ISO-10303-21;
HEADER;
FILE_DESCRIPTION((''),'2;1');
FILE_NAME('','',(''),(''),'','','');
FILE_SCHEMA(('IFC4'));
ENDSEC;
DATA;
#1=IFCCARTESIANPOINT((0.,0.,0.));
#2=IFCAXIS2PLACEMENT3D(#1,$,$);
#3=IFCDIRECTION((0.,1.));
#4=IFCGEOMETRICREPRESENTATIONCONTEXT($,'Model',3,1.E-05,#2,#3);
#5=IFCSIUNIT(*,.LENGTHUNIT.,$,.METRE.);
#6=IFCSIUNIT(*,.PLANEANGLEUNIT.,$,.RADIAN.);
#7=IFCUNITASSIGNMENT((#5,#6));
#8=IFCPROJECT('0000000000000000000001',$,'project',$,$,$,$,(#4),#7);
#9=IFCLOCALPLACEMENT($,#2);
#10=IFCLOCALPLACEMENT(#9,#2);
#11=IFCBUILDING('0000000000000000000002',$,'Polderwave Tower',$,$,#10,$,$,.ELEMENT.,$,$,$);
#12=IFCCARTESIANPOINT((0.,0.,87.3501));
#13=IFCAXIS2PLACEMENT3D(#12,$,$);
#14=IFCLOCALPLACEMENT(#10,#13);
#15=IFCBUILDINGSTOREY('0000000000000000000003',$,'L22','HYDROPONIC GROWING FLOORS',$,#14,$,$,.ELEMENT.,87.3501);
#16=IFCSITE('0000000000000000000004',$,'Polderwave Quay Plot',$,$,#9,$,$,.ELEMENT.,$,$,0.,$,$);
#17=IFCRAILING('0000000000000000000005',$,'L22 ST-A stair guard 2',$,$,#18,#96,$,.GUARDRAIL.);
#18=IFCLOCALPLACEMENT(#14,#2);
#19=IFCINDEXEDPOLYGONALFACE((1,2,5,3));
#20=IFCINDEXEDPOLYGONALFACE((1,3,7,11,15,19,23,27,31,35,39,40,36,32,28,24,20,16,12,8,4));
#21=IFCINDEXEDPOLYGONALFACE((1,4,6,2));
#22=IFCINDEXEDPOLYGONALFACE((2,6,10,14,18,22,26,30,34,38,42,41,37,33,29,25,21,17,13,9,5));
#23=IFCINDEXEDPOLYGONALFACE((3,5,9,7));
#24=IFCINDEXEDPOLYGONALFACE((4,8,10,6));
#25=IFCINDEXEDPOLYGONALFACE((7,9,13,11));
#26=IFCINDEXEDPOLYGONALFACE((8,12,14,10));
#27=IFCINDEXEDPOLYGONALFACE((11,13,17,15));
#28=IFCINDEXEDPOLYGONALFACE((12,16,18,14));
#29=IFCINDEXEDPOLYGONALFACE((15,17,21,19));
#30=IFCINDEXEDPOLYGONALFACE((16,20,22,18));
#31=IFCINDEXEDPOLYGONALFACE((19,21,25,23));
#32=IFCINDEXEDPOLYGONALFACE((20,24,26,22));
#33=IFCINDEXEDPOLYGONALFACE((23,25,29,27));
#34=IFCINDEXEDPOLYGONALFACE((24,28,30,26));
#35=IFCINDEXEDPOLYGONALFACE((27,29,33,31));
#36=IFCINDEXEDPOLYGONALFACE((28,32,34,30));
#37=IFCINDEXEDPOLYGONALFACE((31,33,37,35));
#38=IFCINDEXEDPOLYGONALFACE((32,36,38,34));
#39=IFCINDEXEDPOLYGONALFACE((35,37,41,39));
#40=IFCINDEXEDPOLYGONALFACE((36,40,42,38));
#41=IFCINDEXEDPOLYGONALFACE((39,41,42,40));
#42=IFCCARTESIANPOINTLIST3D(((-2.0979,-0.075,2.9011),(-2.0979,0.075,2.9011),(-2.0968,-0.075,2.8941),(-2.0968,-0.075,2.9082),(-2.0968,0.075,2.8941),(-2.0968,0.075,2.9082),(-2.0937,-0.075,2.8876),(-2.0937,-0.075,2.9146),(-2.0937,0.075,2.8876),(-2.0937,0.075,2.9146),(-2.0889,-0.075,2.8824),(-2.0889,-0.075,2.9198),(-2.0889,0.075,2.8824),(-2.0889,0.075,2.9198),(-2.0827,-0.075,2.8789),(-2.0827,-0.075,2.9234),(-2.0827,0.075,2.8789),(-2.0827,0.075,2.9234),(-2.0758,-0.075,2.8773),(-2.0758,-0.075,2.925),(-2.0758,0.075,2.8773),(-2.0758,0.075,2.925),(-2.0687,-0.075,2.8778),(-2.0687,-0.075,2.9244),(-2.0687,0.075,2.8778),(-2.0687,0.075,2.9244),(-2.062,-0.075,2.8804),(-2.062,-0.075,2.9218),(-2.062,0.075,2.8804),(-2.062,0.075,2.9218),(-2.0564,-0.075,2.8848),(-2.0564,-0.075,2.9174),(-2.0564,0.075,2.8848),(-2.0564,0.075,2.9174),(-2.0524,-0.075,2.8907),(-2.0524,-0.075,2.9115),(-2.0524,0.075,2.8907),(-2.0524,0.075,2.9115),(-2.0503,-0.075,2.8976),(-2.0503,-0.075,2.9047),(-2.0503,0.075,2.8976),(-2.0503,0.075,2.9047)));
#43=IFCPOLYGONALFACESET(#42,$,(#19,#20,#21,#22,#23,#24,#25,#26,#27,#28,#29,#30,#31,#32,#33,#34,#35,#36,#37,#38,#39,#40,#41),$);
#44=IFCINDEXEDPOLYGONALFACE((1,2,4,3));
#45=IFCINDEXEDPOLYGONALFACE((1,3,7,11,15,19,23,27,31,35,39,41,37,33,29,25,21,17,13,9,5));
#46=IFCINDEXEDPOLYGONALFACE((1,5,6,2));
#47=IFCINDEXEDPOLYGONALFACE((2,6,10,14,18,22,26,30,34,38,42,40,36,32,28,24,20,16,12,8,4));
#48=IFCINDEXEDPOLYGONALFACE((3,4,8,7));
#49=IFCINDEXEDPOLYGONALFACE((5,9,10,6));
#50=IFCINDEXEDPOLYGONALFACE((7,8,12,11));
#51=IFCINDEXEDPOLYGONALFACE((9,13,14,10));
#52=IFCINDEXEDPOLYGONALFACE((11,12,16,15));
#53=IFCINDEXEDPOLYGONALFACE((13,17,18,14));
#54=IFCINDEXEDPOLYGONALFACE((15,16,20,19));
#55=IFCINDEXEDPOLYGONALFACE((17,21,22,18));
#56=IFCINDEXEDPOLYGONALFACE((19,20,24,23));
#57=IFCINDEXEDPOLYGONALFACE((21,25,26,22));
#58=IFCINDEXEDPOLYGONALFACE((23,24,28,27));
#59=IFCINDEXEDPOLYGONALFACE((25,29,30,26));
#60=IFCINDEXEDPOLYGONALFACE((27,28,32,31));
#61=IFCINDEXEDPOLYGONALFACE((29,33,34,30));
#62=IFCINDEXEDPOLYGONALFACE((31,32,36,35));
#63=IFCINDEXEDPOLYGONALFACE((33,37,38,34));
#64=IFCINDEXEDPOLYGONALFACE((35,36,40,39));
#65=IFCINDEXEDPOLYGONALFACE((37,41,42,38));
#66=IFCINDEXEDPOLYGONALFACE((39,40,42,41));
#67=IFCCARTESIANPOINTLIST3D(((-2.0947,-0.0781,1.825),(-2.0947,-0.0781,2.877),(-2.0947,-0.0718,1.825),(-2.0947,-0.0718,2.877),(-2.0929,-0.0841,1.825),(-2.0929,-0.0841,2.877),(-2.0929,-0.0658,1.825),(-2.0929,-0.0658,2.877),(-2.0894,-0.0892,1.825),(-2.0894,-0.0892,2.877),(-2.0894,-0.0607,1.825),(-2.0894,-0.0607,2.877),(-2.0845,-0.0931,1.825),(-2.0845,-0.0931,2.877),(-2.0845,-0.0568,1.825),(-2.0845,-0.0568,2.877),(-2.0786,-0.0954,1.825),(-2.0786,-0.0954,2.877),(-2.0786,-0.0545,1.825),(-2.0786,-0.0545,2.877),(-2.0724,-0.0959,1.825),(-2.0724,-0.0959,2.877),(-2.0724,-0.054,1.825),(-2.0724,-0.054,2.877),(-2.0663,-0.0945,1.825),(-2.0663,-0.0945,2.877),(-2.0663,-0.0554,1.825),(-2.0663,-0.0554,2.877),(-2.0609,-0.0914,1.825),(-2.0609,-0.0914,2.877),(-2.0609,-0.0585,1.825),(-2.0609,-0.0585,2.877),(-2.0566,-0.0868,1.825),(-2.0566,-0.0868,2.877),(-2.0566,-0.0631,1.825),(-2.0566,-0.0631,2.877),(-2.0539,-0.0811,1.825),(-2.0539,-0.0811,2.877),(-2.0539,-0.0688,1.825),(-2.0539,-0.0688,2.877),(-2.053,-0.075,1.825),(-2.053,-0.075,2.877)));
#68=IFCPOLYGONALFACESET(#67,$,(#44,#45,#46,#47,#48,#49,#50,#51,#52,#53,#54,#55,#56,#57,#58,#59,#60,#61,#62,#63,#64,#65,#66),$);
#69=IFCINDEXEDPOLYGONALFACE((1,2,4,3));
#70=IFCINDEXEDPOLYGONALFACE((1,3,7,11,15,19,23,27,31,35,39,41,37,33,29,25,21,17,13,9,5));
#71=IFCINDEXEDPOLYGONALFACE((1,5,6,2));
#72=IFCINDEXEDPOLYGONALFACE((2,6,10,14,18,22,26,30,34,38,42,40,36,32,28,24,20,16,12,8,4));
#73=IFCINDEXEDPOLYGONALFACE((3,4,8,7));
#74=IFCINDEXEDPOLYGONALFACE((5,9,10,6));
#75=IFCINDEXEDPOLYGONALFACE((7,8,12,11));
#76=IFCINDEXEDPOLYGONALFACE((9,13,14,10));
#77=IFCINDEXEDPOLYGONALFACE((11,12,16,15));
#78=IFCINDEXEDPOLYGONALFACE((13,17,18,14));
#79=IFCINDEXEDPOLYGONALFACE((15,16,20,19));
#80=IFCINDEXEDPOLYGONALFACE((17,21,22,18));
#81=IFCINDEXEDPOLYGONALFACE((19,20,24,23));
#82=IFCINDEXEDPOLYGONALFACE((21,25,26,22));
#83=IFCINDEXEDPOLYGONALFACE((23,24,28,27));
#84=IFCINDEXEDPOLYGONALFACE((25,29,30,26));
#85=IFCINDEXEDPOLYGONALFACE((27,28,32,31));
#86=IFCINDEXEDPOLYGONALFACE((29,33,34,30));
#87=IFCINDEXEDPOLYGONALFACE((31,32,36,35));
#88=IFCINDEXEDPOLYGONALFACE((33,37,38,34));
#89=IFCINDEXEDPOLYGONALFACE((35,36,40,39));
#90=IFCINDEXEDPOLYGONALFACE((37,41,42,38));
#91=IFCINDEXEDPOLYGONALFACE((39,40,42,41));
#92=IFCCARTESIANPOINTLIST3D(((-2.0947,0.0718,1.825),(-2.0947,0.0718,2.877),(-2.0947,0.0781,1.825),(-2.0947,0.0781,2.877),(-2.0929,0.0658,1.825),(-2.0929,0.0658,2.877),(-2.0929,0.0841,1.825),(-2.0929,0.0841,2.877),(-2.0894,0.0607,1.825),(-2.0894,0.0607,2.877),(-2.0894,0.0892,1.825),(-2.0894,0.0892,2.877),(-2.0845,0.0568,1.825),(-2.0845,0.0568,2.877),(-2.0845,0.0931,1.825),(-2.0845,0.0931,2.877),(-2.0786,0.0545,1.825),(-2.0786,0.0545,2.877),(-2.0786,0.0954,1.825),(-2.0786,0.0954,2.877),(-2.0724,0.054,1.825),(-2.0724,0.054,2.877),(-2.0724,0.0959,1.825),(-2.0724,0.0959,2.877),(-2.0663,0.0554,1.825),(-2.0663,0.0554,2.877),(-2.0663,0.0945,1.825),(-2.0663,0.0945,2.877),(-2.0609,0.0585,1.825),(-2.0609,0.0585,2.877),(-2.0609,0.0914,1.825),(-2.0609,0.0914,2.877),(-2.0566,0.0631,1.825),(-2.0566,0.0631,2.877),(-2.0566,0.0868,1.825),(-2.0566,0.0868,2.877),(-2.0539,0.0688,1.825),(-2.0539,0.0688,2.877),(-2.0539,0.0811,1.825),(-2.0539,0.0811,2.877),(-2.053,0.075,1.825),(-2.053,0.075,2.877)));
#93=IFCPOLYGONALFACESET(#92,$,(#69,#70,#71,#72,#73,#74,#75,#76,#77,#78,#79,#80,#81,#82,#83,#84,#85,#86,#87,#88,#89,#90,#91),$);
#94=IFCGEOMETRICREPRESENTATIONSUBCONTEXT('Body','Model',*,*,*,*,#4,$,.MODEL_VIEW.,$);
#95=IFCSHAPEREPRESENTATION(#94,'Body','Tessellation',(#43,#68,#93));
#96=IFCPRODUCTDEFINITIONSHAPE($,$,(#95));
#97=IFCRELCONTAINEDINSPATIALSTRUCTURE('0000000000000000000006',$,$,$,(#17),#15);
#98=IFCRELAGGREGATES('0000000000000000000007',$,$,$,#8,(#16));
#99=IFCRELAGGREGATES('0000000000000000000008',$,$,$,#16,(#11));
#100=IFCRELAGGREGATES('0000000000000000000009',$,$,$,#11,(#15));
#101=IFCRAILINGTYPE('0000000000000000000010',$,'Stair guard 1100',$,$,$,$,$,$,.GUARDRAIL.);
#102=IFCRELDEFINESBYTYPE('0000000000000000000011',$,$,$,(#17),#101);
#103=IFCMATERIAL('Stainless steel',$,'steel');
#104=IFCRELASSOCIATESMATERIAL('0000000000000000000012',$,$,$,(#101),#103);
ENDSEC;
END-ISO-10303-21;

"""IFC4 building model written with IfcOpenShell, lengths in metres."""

from ifc_helpers import new_model, si_unit, direction, frame, origin, origin_2d, place, context, subcontext, project, spatial, circle, extrude, material, type_object, element, save


model = new_model("IFC4")

# Units and contexts
model_context = context("Model", 3, precision=1e-05, world=origin(), true_north=direction((0.0, 1.0)))
body_context = subcontext(model_context, "Body", "Model", "MODEL_VIEW")
ifc_project = project(units=[si_unit("LENGTHUNIT", "METRE"), si_unit("PLANEANGLEUNIT", "RADIAN")], contexts=[model_context])

# Site, building, storey
site_placement = place(None, origin())
site = spatial("IfcSite", under=ifc_project, at=site_placement, Name="Polderwave Quay Plot", CompositionType="ELEMENT", RefElevation=0.0)
building_placement = place(site_placement, origin())
building = spatial("IfcBuilding", under=site, at=building_placement, Name="Polderwave Tower", CompositionType="ELEMENT")
storey_placement = place(building_placement, frame((0.0, 0.0, 87.3501)))
storey = spatial("IfcBuildingStorey", under=building, at=storey_placement, Name="L22", Description="HYDROPONIC GROWING FLOORS", CompositionType="ELEMENT", Elevation=87.3501)

# Railing
ifc_material_1 = material(Name="Stainless steel", Category="steel")
railing_type = type_object("IfcRailingType", Name="Stair guard 1100", PredefinedType="GUARDRAIL", material=ifc_material_1)
railing_1_placement = place(storey_placement, frame((-2.074, -0.075, 1.825)))
element("IfcRailing", 1, at=railing_1_placement, inside=storey, type_object=railing_type, Name="L22 ST-A stair guard 2", PredefinedType="GUARDRAIL", context=body_context, shape_type="SweptSolid", body=[
    extrude(circle(Radius=0.0239, at=origin_2d()), frame((0.0, 0.0, 1.0762), z_axis=(0.0, 1.0, 0.0), x_axis=(-1.0, 0.0, 0.0)), (0.0, 0.0, 1.0), 0.1499),
    extrude(circle(Radius=0.021, at=origin_2d()), origin(), (0.0, 0.0, 1.0), 1.052),
    extrude(circle(Radius=0.021, at=origin_2d()), frame((0.0, 0.1499, 0.0)), (0.0, 0.0, 1.0), 1.052),
])

save(model, "model.ifc")
